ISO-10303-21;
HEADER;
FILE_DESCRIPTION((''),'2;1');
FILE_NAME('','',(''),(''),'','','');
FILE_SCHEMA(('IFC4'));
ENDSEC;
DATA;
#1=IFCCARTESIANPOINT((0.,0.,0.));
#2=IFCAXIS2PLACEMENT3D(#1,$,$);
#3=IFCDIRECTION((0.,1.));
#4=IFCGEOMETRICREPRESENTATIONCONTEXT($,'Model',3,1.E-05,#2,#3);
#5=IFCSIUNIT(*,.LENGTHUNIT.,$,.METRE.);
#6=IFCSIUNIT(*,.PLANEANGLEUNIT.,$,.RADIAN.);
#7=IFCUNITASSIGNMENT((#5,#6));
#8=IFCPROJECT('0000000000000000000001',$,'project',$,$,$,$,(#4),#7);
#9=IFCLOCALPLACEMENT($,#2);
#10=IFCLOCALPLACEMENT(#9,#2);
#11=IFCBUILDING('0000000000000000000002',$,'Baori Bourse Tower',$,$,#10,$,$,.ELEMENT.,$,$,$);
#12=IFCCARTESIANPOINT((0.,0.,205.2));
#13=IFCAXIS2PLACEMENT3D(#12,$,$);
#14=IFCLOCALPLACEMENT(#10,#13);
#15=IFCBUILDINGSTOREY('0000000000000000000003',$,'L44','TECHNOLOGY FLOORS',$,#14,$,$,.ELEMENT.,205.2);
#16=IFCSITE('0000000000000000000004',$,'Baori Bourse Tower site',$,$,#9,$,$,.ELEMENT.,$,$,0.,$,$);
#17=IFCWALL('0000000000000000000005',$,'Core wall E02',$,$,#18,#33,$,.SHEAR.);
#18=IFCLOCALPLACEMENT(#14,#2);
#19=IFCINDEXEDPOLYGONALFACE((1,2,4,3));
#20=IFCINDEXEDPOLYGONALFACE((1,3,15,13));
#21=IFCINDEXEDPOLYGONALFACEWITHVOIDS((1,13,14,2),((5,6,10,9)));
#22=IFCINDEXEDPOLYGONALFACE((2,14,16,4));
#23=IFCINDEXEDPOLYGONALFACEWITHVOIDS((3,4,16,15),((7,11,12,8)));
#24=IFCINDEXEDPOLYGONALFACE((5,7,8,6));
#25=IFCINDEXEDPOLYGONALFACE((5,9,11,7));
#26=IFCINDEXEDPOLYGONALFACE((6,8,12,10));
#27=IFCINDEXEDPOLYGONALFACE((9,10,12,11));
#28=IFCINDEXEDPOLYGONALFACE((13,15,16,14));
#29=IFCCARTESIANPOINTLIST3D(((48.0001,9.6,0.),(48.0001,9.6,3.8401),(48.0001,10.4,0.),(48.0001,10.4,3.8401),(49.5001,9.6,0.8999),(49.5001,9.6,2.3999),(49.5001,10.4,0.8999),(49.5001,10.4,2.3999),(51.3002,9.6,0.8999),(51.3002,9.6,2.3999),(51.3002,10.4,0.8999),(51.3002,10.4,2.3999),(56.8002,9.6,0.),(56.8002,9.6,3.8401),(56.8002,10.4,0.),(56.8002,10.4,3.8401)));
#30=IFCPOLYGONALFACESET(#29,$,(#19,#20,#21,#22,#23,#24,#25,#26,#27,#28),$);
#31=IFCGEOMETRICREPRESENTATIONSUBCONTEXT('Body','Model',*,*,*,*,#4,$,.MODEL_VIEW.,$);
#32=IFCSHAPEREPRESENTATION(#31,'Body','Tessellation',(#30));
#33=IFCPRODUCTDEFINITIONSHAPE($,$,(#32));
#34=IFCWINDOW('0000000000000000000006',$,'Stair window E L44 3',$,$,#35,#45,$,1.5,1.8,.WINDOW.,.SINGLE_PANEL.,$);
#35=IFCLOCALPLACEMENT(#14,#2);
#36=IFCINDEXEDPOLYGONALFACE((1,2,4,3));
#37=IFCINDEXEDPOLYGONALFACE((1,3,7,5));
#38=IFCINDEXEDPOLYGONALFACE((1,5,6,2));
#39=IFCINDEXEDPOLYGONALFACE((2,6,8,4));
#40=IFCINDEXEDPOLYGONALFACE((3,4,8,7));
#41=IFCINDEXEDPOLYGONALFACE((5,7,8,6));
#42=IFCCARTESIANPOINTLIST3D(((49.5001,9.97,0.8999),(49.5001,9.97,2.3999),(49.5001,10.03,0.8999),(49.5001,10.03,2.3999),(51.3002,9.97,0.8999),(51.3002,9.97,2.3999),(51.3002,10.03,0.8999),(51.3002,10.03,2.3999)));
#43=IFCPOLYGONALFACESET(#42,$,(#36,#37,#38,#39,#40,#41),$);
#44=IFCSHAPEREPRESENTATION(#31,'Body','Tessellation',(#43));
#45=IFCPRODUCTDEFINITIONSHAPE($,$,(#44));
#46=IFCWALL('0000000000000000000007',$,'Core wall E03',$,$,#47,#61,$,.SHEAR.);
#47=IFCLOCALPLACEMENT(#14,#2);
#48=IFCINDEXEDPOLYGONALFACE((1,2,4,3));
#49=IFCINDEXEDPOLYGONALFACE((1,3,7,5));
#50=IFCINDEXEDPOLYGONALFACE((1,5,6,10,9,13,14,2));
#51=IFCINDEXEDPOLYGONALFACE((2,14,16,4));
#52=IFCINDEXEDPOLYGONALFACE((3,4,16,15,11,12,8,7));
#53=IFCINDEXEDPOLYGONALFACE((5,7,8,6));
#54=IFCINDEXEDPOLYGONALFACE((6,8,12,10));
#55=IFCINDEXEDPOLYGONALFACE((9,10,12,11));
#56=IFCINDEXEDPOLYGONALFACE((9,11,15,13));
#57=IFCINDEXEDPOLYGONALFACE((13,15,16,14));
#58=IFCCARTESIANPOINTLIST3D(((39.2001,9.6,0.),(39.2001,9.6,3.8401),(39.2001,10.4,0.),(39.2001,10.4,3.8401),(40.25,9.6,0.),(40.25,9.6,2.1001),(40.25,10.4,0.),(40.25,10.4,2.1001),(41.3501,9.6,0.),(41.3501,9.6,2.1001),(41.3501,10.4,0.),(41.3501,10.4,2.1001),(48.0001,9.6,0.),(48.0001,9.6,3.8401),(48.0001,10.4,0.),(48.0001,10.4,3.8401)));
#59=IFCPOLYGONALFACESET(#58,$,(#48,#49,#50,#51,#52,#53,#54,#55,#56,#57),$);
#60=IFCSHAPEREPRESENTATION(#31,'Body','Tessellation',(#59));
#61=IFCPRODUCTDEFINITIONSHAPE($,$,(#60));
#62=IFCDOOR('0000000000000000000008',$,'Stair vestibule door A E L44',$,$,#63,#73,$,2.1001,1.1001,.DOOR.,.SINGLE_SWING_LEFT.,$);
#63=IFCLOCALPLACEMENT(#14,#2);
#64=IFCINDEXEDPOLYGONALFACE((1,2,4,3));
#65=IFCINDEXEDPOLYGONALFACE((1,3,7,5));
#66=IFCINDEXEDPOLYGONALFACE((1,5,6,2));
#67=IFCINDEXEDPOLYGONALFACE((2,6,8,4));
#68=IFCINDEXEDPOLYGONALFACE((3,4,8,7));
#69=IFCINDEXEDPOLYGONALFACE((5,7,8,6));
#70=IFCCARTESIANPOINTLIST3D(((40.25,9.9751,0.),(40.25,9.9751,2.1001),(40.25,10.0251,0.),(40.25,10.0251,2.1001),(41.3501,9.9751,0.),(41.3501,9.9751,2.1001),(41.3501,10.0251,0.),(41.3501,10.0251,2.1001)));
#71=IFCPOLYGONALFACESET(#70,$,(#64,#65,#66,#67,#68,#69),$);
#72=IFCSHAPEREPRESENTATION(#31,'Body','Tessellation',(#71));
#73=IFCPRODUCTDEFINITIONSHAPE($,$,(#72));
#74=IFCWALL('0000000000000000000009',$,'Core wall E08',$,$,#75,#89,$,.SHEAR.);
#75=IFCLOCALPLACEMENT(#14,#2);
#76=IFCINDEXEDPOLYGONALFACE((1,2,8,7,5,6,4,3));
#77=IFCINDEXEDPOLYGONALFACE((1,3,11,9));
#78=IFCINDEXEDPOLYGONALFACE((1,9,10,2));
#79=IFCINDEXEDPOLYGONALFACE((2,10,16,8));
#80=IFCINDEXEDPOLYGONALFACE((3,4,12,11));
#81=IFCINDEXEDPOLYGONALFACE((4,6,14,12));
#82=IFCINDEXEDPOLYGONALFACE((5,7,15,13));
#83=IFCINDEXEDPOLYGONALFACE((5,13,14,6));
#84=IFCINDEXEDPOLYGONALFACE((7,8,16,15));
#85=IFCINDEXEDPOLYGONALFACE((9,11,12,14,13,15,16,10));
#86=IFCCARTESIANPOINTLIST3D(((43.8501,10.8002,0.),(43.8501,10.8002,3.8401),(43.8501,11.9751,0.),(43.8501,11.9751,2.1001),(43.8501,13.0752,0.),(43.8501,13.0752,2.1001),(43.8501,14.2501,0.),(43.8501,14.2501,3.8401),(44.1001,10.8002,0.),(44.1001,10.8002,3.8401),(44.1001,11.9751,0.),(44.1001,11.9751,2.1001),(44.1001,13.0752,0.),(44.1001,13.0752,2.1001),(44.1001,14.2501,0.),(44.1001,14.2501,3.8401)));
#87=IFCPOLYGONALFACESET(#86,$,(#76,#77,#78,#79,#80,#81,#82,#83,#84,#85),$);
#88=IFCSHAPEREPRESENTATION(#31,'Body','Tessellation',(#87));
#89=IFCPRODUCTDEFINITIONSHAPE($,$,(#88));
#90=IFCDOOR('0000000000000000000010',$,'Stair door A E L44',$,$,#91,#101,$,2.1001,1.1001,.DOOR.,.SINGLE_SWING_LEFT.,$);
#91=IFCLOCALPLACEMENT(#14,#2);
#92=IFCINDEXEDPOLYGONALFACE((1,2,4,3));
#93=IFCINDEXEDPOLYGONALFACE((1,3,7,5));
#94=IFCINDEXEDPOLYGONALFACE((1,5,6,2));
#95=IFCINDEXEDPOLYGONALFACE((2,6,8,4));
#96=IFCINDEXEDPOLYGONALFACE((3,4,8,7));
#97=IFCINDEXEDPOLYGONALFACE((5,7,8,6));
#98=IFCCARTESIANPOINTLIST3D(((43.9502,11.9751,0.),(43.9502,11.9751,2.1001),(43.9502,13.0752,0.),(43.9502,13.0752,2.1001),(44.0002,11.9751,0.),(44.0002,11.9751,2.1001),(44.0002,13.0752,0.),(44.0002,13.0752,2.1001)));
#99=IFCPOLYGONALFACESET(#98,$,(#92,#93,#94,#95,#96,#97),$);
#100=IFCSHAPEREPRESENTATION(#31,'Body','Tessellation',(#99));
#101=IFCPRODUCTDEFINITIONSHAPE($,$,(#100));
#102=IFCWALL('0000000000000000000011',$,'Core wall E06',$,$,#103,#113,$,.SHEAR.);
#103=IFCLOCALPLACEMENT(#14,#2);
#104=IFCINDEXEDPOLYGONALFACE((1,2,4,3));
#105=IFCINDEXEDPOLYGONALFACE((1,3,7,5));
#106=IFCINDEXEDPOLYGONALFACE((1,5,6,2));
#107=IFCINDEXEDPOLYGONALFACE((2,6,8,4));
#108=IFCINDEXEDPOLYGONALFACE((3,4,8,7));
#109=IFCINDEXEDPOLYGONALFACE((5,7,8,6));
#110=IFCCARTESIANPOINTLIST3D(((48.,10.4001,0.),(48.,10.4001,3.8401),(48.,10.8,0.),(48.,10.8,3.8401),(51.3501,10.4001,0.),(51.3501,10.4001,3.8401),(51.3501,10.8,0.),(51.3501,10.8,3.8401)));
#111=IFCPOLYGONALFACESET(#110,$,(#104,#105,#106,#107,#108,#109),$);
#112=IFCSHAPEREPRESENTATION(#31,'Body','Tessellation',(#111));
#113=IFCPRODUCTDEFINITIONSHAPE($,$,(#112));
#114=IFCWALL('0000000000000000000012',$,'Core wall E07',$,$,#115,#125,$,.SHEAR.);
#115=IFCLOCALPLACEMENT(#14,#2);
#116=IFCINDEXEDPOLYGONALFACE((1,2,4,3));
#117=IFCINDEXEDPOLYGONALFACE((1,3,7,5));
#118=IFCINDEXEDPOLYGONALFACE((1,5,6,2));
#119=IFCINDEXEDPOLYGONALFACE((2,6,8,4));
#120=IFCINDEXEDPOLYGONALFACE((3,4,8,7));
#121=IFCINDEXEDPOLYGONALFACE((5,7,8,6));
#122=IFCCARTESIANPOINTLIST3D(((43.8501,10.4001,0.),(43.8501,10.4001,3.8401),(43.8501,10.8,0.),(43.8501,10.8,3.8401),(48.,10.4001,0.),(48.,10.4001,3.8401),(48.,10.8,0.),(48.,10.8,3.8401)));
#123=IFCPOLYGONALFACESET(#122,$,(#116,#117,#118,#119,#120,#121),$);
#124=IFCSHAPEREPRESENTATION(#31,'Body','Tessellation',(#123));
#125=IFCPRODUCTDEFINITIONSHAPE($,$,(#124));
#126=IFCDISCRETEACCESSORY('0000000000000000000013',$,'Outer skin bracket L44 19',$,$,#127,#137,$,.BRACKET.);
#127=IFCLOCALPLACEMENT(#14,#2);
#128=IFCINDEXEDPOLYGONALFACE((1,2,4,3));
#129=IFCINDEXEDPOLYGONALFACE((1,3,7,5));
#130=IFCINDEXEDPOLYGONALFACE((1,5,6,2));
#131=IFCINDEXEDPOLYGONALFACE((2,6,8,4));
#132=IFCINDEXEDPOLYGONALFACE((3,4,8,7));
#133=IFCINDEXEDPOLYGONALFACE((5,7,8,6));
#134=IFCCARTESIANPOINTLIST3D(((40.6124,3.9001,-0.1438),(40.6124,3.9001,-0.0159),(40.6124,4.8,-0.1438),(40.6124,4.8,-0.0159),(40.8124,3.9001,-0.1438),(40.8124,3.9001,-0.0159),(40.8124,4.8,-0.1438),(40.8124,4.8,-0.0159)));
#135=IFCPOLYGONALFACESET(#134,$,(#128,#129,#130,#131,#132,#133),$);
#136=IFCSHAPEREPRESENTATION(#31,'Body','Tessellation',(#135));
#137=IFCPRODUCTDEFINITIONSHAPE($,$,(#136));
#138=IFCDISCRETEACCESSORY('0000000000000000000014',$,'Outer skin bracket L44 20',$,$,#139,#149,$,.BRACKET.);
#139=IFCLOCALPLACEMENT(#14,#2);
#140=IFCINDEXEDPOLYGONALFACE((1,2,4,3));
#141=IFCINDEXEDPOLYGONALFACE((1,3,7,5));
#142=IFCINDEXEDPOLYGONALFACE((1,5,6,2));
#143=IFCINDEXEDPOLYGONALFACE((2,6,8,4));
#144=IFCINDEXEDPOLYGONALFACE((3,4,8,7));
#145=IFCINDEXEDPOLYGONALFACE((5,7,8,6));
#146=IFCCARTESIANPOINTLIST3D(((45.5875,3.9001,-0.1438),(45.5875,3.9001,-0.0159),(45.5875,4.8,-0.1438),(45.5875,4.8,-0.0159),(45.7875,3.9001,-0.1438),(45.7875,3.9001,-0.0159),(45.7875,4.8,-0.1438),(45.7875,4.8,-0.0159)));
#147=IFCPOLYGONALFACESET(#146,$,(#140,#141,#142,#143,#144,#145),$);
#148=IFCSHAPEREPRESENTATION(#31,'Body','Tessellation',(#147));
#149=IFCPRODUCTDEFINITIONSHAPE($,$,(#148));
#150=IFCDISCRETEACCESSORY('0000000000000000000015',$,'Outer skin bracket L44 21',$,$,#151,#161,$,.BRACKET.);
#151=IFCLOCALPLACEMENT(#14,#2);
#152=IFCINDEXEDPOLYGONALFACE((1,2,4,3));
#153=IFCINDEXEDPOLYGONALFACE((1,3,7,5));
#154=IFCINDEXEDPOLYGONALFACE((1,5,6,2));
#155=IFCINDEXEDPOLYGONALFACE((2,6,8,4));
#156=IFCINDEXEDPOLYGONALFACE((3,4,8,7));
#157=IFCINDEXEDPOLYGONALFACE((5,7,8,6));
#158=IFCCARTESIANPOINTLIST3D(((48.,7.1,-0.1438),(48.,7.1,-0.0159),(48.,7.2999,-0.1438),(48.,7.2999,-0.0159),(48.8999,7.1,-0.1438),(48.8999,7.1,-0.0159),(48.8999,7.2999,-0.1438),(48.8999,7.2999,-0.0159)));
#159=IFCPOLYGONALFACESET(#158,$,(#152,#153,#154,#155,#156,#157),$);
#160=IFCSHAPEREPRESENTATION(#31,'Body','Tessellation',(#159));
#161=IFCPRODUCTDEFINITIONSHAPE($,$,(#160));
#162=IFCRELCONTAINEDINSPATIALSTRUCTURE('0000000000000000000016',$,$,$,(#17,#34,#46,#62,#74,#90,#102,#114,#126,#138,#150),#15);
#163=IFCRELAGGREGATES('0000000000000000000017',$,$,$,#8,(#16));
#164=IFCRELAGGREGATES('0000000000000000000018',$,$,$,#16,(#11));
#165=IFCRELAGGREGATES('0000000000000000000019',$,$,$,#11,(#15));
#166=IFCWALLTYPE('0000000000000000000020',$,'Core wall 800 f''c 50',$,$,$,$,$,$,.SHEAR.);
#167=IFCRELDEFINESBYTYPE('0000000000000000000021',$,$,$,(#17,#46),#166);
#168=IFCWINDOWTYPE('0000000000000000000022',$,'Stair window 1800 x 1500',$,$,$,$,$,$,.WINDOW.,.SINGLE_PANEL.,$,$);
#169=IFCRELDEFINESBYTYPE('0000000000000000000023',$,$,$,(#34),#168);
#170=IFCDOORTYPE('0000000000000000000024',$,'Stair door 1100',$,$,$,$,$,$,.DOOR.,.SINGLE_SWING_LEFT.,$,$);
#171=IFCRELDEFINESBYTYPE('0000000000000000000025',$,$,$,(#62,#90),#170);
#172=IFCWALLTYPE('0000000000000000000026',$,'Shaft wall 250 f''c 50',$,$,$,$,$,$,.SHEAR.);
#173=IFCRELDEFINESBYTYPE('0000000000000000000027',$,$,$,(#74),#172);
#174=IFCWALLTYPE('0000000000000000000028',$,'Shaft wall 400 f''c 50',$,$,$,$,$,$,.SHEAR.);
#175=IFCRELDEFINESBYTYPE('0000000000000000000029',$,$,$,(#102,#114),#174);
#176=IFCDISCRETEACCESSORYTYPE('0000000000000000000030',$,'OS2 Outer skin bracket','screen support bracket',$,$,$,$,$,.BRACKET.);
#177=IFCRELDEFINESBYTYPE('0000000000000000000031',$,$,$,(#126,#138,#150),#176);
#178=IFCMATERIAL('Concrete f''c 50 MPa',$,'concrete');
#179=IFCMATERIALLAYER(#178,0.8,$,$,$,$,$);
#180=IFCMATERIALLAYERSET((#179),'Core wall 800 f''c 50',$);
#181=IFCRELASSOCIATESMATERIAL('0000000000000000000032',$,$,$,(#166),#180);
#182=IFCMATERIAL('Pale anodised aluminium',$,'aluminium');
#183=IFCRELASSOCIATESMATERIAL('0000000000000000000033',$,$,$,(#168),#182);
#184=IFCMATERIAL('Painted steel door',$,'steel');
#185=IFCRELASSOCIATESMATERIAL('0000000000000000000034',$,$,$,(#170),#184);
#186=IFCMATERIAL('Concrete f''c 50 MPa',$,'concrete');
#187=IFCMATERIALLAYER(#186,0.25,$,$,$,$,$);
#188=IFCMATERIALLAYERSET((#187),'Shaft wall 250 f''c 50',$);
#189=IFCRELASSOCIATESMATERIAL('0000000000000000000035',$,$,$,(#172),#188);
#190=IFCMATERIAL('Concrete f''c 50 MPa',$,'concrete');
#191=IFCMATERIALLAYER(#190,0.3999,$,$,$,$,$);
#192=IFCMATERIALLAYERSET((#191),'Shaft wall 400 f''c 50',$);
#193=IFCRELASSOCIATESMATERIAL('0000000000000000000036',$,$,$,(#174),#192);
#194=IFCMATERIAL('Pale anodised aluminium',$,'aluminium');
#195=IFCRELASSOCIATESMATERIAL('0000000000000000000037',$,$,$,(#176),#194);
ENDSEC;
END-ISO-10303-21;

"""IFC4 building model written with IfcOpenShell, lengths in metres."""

from ifc_helpers import new_model, si_unit, direction, frame, frame_2d, origin, origin_2d, place, context, subcontext, project, spatial, rectangle, extrude, material, layer, layer_set, type_object, element, fill, save


model = new_model("IFC4")

# Units and contexts
model_context = context("Model", 3, precision=1e-05, world=origin(), true_north=direction((0.0, 1.0)))
body_context = subcontext(model_context, "Body", "Model", "MODEL_VIEW")
ifc_project = project(units=[si_unit("LENGTHUNIT", "METRE"), si_unit("PLANEANGLEUNIT", "RADIAN")], contexts=[model_context])

# Site, building, storey
site_placement = place(None, origin())
site = spatial("IfcSite", under=ifc_project, at=site_placement, Name="Baori Bourse Tower site", CompositionType="ELEMENT", RefElevation=0.0)
building_placement = place(site_placement, origin())
building = spatial("IfcBuilding", under=site, at=building_placement, Name="Baori Bourse Tower", CompositionType="ELEMENT")
storey_placement = place(building_placement, frame((0.0, 0.0, 205.2)))
storey = spatial("IfcBuildingStorey", under=building, at=storey_placement, Name="L44", Description="TECHNOLOGY FLOORS", CompositionType="ELEMENT", Elevation=205.2)

# Wall, opening, window
ifc_material_1 = material(Name="Concrete f'c 50 MPa", Category="concrete")
ifc_layer_1 = layer(ifc_material_1, 0.8)
ifc_layer_set_1 = layer_set([ifc_layer_1], Name="Core wall 800 f'c 50")
wall_type_1 = type_object("IfcWallType", Name="Core wall 800 f'c 50", PredefinedType="SHEAR", material=ifc_layer_set_1)
wall_1_placement = place(storey_placement, frame((56.8, 10.0, 0.0), z_axis=(0.0, 0.0, 1.0), x_axis=(-1.0, 0.0, 0.0)))
wall_1 = element("IfcWall", 1, at=wall_1_placement, inside=storey, type_object=wall_type_1, Name="Core wall E02", PredefinedType="SHEAR", context=body_context, shape_type="SweptSolid", body=[
    extrude(rectangle(XDim=8.8, YDim=0.8, at=frame_2d((4.3999, 0.0))), origin(), (0.0, 0.0, 1.0), 3.8401),
])
opening_1_placement = place(wall_1_placement, frame((5.5, 0.0, 0.8999)))
opening_1 = element("IfcOpeningElement", 2, at=opening_1_placement, cuts=wall_1, PredefinedType="OPENING", context=body_context, shape_type="SweptSolid", body=[
    extrude(rectangle(XDim=1.8, YDim=1.5, at=frame_2d((0.8999, 0.75))), frame((0.0, 0.4099, 0.0), z_axis=(0.0, -1.0, 0.0), x_axis=(1.0, 0.0, 0.0)), (0.0, 0.0, 1.0), 0.8201),
])
ifc_material_2 = material(Name="Pale anodised aluminium", Category="aluminium")
window_type = type_object("IfcWindowType", Name="Stair window 1800 x 1500", PartitioningType="SINGLE_PANEL", PredefinedType="WINDOW", material=ifc_material_2)
window_placement = place(opening_1_placement, origin())
window = element("IfcWindow", 3, at=window_placement, inside=storey, type_object=window_type, Name="Stair window E L44 3", OverallHeight=1.5, OverallWidth=1.8, PartitioningType="SINGLE_PANEL", PredefinedType="WINDOW", context=body_context, shape_type="SweptSolid", body=[
    extrude(rectangle(XDim=1.8, YDim=1.5, at=frame_2d((0.8999, 0.75))), frame((0.0, 0.03, 0.0), z_axis=(0.0, -1.0, 0.0), x_axis=(1.0, 0.0, 0.0)), (0.0, 0.0, 1.0), 0.0601),
])
fill(opening_1, window)

# Walls, openings, doors
wall_2_placement = place(storey_placement, frame((48.0, 10.0, 0.0), z_axis=(0.0, 0.0, 1.0), x_axis=(-1.0, 0.0, 0.0)))
wall_2 = element("IfcWall", 4, at=wall_2_placement, inside=storey, type_object=wall_type_1, Name="Core wall E03", PredefinedType="SHEAR", context=body_context, shape_type="SweptSolid", body=[
    extrude(rectangle(XDim=8.8, YDim=0.8, at=frame_2d((4.3999, 0.0))), origin(), (0.0, 0.0, 1.0), 3.8401),
])
opening_2_placement = place(wall_2_placement, frame((6.6499, 0.0, 0.0)))
opening_2 = element("IfcOpeningElement", 5, at=opening_2_placement, cuts=wall_2, PredefinedType="OPENING", context=body_context, shape_type="SweptSolid", body=[
    extrude(rectangle(XDim=1.1001, YDim=2.1001, at=frame_2d((0.55, 1.05))), frame((0.0, 0.4099, 0.0), z_axis=(0.0, -1.0, 0.0), x_axis=(1.0, 0.0, 0.0)), (0.0, 0.0, 1.0), 0.8201),
])
ifc_material_3 = material(Name="Painted steel door", Category="steel")
door_type = type_object("IfcDoorType", Name="Stair door 1100", OperationType="SINGLE_SWING_LEFT", PredefinedType="DOOR", material=ifc_material_3)
door_1_placement = place(opening_2_placement, origin())
door_1 = element("IfcDoor", 6, at=door_1_placement, inside=storey, type_object=door_type, Name="Stair vestibule door A E L44", OperationType="SINGLE_SWING_LEFT", OverallHeight=2.1001, OverallWidth=1.1001, PredefinedType="DOOR", context=body_context, shape_type="SweptSolid", body=[
    extrude(rectangle(XDim=1.1001, YDim=2.1001, at=frame_2d((0.55, 1.05))), frame((0.0, 0.0249, 0.0), z_axis=(0.0, -1.0, 0.0), x_axis=(1.0, 0.0, 0.0)), (0.0, 0.0, 1.0), 0.05),
])
fill(opening_2, door_1)
ifc_material_4 = material(Name="Concrete f'c 50 MPa", Category="concrete")
ifc_layer_2 = layer(ifc_material_4, 0.25)
ifc_layer_set_2 = layer_set([ifc_layer_2], Name="Shaft wall 250 f'c 50")
wall_type_2 = type_object("IfcWallType", Name="Shaft wall 250 f'c 50", PredefinedType="SHEAR", material=ifc_layer_set_2)
wall_3_placement = place(storey_placement, frame((43.9751, 10.8, 0.0), z_axis=(0.0, 0.0, 1.0), x_axis=(0.0, 1.0, 0.0)))
wall_3 = element("IfcWall", 7, at=wall_3_placement, inside=storey, type_object=wall_type_2, Name="Core wall E08", PredefinedType="SHEAR", context=body_context, shape_type="SweptSolid", body=[
    extrude(rectangle(XDim=3.45, YDim=0.25, at=frame_2d((1.7251, 0.0))), origin(), (0.0, 0.0, 1.0), 3.8401),
])
opening_3_placement = place(wall_3_placement, frame((1.175, 0.0, 0.0)))
opening_3 = element("IfcOpeningElement", 8, at=opening_3_placement, cuts=wall_3, PredefinedType="OPENING", context=body_context, shape_type="SweptSolid", body=[
    extrude(rectangle(XDim=1.1001, YDim=2.1001, at=frame_2d((0.55, 1.05))), frame((0.0, 0.135, 0.0), z_axis=(0.0, -1.0, 0.0), x_axis=(1.0, 0.0, 0.0)), (0.0, 0.0, 1.0), 0.27),
])
door_2_placement = place(opening_3_placement, origin())
door_2 = element("IfcDoor", 9, at=door_2_placement, inside=storey, type_object=door_type, Name="Stair door A E L44", OperationType="SINGLE_SWING_LEFT", OverallHeight=2.1001, OverallWidth=1.1001, PredefinedType="DOOR", context=body_context, shape_type="SweptSolid", body=[
    extrude(rectangle(XDim=1.1001, YDim=2.1001, at=frame_2d((0.55, 1.05))), frame((0.0, 0.0249, 0.0), z_axis=(0.0, -1.0, 0.0), x_axis=(1.0, 0.0, 0.0)), (0.0, 0.0, 1.0), 0.05),
])
fill(opening_3, door_2)

# Walls
ifc_material_5 = material(Name="Concrete f'c 50 MPa", Category="concrete")
ifc_layer_3 = layer(ifc_material_5, 0.3999)
ifc_layer_set_3 = layer_set([ifc_layer_3], Name="Shaft wall 400 f'c 50")
wall_type_3 = type_object("IfcWallType", Name="Shaft wall 400 f'c 50", PredefinedType="SHEAR", material=ifc_layer_set_3)
wall_4_placement = place(storey_placement, frame((48.0, 10.6001, 0.0), z_axis=(0.0, 0.0, 1.0), x_axis=(1.0, 0.0, 0.0)))
element("IfcWall", 10, at=wall_4_placement, inside=storey, type_object=wall_type_3, Name="Core wall E06", PredefinedType="SHEAR", context=body_context, shape_type="SweptSolid", body=[
    extrude(rectangle(XDim=3.3501, YDim=0.3999, at=frame_2d((1.675, 0.0))), origin(), (0.0, 0.0, 1.0), 3.8401),
])
wall_5_placement = place(storey_placement, frame((43.8501, 10.6001, 0.0), z_axis=(0.0, 0.0, 1.0), x_axis=(1.0, 0.0, 0.0)))
element("IfcWall", 11, at=wall_5_placement, inside=storey, type_object=wall_type_3, Name="Core wall E07", PredefinedType="SHEAR", context=body_context, shape_type="SweptSolid", body=[
    extrude(rectangle(XDim=4.1499, YDim=0.3999, at=frame_2d((2.075, 0.0))), origin(), (0.0, 0.0, 1.0), 3.8401),
])

# Discrete accessories
ifc_material_6 = material(Name="Pale anodised aluminium", Category="aluminium")
discrete_accessory_type = type_object("IfcDiscreteAccessoryType", Name="OS2 Outer skin bracket", Description="screen support bracket", PredefinedType="BRACKET", material=ifc_material_6)
for number, where, z_axis, x_axis, name in (
    (12, (40.7124, 4.3501, -0.1438), (0.0, 0.0, 1.0), (1.0, 0.0, 0.0), "Outer skin bracket L44 19"),
    (13, (45.6875, 4.3501, -0.1438), (0.0, 0.0, 1.0), (1.0, 0.0, 0.0), "Outer skin bracket L44 20"),
    (14, (48.45, 7.2, -0.1438), (0.0, 0.0, 1.0), (0.0, 1.0, 0.0), "Outer skin bracket L44 21"),
):
    element("IfcDiscreteAccessory", number, at=place(storey_placement, frame(where, z_axis=z_axis, x_axis=x_axis)), inside=storey, type_object=discrete_accessory_type, Name=name, PredefinedType="BRACKET", context=body_context, shape_type="SweptSolid", body=[
        extrude(rectangle(XDim=0.2, YDim=0.8999, at=origin_2d()), origin(), (0.0, 0.0, 1.0), 0.1279),
    ])

save(model, "model.ifc")
